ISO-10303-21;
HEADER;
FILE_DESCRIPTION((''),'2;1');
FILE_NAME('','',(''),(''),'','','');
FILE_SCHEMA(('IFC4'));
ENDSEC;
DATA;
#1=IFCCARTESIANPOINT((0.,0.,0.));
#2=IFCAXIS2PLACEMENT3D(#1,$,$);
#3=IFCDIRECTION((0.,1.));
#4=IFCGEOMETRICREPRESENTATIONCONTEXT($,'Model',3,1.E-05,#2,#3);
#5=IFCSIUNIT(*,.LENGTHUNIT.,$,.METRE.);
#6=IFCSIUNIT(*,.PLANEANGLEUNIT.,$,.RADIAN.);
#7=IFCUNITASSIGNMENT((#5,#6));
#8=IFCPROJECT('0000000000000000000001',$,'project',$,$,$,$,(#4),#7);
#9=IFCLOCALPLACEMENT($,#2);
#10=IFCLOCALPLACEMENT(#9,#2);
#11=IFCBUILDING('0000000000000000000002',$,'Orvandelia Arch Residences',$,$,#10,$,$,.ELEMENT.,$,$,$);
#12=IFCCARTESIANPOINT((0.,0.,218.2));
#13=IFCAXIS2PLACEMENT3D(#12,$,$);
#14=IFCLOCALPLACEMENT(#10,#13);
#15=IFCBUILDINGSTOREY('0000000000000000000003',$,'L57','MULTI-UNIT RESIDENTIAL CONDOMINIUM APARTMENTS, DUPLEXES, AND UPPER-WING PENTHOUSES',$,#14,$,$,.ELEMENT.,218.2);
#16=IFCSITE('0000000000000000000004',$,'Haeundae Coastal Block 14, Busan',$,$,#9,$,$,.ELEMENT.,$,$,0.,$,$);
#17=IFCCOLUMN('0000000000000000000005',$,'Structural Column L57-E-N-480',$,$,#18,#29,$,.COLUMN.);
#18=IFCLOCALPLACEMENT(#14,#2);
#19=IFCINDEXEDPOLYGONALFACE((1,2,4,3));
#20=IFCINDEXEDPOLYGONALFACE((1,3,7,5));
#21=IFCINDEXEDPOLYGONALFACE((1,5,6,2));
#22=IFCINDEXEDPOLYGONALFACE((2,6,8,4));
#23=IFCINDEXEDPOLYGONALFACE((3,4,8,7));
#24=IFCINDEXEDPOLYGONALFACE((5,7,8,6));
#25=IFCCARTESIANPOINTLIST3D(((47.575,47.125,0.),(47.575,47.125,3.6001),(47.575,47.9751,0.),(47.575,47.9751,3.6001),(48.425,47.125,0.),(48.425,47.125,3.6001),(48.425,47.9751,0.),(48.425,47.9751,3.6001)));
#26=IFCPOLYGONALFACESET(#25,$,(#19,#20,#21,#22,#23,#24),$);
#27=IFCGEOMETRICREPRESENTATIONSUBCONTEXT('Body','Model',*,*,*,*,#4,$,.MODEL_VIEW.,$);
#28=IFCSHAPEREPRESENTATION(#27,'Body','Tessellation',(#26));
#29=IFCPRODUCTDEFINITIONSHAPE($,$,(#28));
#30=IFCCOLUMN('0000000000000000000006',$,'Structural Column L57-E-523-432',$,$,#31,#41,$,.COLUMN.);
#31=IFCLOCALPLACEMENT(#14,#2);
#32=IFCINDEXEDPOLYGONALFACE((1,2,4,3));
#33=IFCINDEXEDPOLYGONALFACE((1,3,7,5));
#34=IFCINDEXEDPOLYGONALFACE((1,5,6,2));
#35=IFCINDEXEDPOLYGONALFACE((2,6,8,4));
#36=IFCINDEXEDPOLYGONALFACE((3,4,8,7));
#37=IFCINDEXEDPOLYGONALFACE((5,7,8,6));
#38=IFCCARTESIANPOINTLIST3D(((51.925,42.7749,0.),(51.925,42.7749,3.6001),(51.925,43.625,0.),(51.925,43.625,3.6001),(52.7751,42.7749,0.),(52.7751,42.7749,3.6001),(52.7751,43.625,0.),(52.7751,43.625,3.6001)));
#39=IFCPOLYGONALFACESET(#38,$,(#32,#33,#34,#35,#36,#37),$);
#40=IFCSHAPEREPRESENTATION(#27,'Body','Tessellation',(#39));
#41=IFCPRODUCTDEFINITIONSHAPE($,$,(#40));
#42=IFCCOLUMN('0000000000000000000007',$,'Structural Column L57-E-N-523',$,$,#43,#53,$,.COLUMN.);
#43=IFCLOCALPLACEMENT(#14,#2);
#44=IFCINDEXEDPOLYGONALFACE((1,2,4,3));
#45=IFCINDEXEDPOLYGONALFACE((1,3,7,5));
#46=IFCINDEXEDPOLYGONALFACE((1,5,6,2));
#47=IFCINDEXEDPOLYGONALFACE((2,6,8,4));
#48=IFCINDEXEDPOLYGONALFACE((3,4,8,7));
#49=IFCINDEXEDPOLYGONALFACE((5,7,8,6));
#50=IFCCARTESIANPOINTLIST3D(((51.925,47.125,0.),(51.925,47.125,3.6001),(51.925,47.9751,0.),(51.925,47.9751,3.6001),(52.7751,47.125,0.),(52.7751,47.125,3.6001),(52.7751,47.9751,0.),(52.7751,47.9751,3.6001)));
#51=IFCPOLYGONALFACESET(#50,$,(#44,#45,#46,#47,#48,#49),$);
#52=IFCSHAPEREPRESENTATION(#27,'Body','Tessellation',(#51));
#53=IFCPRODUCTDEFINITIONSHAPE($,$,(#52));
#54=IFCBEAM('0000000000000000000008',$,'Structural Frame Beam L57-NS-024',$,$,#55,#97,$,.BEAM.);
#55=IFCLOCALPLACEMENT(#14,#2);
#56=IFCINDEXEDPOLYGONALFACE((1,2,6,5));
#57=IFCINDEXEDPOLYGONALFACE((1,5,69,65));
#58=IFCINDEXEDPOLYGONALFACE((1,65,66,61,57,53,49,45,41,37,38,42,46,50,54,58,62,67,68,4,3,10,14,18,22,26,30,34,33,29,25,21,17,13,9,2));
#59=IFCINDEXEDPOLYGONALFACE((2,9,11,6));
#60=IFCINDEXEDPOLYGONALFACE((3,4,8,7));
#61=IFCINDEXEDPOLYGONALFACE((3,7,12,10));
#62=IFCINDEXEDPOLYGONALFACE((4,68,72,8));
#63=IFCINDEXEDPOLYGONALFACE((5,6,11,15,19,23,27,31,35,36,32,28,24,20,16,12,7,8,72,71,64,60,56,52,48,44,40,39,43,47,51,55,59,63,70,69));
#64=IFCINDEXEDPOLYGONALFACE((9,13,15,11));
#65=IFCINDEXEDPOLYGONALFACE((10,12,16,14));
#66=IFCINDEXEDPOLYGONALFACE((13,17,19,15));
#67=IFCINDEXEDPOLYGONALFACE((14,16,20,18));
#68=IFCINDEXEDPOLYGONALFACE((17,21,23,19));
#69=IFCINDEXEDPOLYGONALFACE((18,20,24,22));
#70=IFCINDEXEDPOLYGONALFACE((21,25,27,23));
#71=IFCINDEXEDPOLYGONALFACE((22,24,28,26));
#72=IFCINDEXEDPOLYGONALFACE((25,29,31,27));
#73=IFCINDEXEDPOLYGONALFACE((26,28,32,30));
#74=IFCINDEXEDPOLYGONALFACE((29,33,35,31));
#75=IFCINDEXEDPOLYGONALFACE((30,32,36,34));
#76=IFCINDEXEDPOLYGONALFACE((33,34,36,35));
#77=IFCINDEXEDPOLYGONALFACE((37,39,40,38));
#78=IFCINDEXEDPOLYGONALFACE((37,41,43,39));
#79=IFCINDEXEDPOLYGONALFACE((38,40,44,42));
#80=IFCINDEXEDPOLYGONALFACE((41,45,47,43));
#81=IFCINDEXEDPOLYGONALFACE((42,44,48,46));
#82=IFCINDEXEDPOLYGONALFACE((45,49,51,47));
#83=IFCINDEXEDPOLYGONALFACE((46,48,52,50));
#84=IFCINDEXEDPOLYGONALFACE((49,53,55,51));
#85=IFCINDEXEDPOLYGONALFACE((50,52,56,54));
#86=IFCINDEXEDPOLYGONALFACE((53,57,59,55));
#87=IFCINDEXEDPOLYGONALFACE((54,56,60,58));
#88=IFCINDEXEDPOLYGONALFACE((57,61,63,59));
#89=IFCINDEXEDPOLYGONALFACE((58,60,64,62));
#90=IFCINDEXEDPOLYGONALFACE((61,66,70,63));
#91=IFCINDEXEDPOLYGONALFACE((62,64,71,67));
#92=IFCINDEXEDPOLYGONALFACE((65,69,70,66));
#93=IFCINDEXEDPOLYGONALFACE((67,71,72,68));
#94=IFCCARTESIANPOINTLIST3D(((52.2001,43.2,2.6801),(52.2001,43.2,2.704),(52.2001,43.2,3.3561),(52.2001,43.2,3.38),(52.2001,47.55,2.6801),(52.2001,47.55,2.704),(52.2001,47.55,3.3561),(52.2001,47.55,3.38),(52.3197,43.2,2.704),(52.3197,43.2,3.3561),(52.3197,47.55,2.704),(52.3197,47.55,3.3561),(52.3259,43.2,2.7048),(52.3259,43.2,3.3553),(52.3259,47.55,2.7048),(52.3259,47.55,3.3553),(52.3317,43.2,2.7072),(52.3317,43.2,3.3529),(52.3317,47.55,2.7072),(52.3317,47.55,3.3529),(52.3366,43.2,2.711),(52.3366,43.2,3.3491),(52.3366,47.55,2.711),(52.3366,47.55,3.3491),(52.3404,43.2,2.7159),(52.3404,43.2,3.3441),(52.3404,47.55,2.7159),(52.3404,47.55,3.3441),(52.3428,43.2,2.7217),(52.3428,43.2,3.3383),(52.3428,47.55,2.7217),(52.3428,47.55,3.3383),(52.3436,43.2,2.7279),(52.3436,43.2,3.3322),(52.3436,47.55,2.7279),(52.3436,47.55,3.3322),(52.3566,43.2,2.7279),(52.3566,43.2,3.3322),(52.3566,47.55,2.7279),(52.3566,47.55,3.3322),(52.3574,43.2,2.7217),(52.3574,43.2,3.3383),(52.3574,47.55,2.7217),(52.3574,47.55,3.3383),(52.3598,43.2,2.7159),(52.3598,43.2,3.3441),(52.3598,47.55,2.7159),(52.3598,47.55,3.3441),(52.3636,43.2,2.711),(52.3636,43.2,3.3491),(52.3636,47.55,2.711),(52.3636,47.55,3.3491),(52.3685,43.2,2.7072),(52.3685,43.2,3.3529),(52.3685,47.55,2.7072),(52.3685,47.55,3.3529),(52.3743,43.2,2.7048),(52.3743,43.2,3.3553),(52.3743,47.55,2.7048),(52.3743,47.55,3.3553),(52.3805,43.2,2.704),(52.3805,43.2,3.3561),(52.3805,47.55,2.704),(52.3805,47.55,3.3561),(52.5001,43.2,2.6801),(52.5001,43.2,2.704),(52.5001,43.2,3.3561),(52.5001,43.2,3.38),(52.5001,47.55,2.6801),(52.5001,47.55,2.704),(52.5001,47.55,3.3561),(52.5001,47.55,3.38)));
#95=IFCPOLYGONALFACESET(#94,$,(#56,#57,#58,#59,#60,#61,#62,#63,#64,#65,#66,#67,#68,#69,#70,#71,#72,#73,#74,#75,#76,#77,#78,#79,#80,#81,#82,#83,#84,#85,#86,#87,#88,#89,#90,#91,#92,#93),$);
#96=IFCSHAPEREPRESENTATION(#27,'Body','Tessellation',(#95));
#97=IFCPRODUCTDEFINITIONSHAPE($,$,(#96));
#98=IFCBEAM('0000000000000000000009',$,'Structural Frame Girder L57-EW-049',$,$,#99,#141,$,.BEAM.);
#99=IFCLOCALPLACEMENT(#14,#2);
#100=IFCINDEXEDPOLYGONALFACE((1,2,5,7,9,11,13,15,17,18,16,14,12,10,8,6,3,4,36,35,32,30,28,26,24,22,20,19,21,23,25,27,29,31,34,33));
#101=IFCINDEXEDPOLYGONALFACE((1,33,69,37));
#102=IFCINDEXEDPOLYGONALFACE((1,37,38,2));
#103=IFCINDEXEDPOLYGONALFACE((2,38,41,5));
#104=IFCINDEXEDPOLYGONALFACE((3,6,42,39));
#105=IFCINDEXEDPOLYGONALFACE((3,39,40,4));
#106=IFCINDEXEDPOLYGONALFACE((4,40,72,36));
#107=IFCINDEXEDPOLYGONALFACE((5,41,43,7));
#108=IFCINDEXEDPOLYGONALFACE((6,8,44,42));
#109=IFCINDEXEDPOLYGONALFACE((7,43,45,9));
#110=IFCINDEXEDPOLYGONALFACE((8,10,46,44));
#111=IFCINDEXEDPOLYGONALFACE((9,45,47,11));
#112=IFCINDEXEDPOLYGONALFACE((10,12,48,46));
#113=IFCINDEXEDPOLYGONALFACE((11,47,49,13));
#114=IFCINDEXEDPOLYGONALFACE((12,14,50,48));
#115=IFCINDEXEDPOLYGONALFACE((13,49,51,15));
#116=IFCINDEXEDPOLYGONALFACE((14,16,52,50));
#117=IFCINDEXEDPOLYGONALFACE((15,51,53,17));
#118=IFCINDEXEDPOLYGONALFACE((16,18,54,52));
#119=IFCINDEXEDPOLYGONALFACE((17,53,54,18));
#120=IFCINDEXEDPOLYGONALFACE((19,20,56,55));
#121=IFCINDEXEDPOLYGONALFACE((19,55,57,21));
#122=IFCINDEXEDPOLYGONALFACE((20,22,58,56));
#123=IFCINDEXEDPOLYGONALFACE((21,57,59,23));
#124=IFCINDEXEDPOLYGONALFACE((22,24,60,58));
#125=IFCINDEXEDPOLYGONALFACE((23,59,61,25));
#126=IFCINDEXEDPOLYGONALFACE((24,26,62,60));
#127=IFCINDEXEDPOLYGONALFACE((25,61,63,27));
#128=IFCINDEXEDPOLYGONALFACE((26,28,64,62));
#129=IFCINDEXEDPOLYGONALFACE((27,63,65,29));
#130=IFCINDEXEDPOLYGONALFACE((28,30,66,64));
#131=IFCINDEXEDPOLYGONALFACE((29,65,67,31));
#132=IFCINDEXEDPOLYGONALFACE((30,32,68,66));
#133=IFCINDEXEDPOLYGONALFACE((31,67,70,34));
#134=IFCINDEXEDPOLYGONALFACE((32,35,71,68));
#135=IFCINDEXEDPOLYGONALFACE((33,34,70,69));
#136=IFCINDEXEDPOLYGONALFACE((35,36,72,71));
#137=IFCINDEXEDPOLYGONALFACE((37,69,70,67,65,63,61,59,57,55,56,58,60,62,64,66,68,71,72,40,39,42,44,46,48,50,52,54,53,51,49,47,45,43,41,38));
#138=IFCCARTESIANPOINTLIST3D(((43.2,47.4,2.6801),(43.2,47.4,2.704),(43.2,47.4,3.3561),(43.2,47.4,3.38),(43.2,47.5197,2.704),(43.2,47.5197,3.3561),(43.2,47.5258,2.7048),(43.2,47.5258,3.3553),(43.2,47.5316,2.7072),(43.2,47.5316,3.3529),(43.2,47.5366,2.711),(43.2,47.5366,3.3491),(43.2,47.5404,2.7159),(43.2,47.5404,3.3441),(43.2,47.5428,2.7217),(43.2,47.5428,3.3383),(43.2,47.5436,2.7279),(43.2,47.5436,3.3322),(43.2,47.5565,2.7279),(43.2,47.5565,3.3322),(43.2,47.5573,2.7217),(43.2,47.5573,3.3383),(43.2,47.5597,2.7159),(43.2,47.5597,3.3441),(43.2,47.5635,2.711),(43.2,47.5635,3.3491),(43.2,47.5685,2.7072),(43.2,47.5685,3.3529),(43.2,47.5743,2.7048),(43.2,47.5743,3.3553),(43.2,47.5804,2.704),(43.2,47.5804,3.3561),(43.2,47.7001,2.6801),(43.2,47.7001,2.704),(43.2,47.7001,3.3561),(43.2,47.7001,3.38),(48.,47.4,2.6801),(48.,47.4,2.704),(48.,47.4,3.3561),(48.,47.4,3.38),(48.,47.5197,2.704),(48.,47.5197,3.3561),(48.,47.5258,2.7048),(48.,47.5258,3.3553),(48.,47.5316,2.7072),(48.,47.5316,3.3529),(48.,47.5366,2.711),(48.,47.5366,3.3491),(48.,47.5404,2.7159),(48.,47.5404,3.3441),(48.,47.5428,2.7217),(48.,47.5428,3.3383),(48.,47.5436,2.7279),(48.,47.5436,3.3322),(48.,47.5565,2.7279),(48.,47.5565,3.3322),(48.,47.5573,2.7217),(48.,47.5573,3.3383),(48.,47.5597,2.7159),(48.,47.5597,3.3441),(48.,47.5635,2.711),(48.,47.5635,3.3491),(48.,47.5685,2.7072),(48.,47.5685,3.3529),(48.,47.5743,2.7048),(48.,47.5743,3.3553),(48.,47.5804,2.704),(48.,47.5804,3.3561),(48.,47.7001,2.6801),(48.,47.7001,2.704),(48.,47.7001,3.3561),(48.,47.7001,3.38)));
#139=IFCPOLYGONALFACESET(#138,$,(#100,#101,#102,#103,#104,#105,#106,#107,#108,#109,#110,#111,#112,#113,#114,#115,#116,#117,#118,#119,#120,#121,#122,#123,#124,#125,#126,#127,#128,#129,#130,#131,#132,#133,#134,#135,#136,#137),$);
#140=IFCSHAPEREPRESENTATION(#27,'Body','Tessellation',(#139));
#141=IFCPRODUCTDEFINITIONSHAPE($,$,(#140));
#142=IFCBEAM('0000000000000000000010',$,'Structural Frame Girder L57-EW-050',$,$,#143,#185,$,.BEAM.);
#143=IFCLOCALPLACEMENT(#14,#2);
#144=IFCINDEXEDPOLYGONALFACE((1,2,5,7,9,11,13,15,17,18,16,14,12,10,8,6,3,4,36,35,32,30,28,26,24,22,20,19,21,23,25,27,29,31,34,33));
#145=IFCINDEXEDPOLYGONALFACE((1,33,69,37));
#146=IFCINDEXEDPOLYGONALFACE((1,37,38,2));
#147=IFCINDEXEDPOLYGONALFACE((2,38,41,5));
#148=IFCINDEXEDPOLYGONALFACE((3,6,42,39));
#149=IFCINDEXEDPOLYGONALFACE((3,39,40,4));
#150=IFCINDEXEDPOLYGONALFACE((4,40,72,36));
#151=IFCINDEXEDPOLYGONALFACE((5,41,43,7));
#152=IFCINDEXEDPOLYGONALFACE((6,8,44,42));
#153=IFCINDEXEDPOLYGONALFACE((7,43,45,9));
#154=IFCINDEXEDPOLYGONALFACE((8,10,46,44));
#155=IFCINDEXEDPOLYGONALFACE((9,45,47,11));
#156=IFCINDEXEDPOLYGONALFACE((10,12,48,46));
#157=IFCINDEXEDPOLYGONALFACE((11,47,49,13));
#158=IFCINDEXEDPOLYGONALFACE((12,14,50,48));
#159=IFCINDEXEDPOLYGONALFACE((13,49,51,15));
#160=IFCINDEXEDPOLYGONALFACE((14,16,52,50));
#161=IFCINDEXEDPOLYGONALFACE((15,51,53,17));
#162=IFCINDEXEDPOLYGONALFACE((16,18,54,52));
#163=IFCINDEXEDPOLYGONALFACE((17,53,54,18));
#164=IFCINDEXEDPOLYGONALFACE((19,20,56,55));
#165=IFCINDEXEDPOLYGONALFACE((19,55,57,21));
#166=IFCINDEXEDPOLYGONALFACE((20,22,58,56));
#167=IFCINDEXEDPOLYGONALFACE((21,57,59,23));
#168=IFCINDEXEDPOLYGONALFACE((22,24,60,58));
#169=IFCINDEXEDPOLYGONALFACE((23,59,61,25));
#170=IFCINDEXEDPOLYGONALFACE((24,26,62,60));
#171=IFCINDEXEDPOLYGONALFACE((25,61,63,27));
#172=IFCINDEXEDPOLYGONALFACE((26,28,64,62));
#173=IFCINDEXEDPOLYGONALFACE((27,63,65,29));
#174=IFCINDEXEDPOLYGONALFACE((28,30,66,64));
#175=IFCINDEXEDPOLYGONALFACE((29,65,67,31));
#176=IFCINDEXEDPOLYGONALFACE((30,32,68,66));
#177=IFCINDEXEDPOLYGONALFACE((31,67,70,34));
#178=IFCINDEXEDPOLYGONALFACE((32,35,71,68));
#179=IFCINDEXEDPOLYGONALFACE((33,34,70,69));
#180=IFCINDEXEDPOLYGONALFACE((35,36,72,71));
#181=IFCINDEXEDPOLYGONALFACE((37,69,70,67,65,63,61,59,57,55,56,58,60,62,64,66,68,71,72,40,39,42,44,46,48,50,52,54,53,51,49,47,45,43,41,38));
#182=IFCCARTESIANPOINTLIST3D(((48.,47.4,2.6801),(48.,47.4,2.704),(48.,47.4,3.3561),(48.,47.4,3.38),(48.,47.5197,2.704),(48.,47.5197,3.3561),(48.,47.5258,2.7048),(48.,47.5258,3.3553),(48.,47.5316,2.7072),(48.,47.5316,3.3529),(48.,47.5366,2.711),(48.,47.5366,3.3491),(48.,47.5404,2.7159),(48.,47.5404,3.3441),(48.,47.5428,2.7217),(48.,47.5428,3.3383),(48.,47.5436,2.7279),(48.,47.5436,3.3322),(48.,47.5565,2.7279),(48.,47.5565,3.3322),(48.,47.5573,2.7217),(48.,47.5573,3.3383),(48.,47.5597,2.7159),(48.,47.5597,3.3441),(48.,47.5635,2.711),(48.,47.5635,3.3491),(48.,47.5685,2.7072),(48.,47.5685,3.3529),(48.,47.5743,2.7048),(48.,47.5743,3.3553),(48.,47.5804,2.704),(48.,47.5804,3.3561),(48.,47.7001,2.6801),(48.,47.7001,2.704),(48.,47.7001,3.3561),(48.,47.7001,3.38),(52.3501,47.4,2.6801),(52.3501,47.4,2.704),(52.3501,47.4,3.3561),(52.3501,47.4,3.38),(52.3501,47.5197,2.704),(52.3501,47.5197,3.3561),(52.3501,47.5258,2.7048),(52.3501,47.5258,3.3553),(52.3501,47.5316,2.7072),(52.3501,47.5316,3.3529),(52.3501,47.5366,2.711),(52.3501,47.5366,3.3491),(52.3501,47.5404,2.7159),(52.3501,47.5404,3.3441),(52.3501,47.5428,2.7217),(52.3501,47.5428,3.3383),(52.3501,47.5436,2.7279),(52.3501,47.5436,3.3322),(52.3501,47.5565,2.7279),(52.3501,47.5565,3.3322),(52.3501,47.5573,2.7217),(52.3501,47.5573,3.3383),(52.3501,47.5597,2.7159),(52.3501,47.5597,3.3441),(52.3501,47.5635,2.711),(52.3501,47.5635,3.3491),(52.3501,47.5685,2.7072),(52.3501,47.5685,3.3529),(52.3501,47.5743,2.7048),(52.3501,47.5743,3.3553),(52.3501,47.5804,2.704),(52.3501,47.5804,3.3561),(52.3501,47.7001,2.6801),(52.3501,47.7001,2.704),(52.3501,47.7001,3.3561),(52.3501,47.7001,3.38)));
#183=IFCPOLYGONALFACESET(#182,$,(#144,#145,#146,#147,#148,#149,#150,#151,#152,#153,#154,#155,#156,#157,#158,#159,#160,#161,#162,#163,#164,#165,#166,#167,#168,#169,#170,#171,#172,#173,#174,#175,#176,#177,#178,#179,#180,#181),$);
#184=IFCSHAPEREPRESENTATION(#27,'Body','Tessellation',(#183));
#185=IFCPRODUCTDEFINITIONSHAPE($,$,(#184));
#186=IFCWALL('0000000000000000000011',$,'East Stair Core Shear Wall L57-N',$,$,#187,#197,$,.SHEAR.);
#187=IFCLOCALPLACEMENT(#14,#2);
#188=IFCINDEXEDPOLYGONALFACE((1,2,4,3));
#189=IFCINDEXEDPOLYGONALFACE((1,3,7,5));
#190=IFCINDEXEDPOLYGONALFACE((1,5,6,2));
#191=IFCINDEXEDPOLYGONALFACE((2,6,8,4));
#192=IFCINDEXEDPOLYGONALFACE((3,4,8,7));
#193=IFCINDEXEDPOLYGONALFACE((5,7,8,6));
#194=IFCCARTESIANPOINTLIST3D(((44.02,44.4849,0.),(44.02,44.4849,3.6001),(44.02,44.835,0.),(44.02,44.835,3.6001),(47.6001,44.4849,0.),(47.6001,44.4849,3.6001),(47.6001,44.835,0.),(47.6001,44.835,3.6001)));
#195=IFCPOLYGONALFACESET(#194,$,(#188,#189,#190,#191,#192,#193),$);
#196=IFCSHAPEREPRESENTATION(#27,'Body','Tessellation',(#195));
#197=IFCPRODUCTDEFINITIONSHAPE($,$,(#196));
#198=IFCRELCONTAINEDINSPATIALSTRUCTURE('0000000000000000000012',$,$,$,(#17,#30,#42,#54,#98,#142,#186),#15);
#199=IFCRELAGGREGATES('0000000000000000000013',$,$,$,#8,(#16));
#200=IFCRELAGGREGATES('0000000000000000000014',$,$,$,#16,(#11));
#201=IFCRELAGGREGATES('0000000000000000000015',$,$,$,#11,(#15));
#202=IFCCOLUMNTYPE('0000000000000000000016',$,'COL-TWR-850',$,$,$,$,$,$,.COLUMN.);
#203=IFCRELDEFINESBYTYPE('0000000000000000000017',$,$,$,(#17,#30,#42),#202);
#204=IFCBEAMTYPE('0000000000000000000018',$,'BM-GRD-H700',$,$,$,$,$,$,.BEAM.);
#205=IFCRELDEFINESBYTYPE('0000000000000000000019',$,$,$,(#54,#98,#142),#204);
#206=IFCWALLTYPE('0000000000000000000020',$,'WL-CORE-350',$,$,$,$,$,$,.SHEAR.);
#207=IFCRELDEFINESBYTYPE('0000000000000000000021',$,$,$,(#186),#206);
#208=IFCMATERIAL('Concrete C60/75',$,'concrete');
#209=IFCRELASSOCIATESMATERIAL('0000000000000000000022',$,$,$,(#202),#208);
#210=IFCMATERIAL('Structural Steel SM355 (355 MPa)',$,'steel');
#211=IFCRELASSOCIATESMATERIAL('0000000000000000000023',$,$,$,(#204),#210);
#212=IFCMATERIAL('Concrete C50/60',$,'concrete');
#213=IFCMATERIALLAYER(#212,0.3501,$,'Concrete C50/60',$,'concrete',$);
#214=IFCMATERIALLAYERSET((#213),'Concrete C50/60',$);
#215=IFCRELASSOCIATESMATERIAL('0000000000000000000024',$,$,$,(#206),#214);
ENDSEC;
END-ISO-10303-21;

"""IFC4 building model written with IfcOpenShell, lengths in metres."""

from ifc_helpers import new_model, si_unit, direction, frame, frame_2d, origin, origin_2d, place, context, subcontext, project, spatial, rectangle, i_section, extrude, material, layer, layer_set, material_profile, profile_set, type_object, element, save


model = new_model("IFC4")

# Units and contexts
model_context = context("Model", 3, precision=1e-05, world=origin(), true_north=direction((0.0, 1.0)))
body_context = subcontext(model_context, "Body", "Model", "MODEL_VIEW")
ifc_project = project(units=[si_unit("LENGTHUNIT", "METRE"), si_unit("PLANEANGLEUNIT", "RADIAN")], contexts=[model_context])

# Site, building, storey
site_placement = place(None, origin())
site = spatial("IfcSite", under=ifc_project, at=site_placement, Name="Haeundae Coastal Block 14, Busan", CompositionType="ELEMENT", RefElevation=0.0)
building_placement = place(site_placement, origin())
building = spatial("IfcBuilding", under=site, at=building_placement, Name="Orvandelia Arch Residences", CompositionType="ELEMENT")
storey_placement = place(building_placement, frame((0.0, 0.0, 218.2)))
storey = spatial("IfcBuildingStorey", under=building, at=storey_placement, Name="L57", Description="MULTI-UNIT RESIDENTIAL CONDOMINIUM APARTMENTS, DUPLEXES, AND UPPER-WING PENTHOUSES", CompositionType="ELEMENT", Elevation=218.2)

# Columns
ifc_material_1 = material(Name="Concrete C60/75", Category="concrete")
ifc_material_profile_1 = material_profile(ifc_material_1, rectangle(XDim=0.8501, YDim=0.8501, at=origin_2d()), Name="Concrete C60/75", Category="concrete")
ifc_profile_set_1 = profile_set([ifc_material_profile_1], Name="Concrete C60/75")
column_type = type_object("IfcColumnType", Name="COL-TWR-850", PredefinedType="COLUMN", material=ifc_profile_set_1)
for number, where, z_axis, x_axis, name in (
    (1, (48.0, 47.55, 0.0), (0.0, 0.0, 1.0), (1.0, 0.0, 0.0), "Structural Column L57-E-N-480"),
    (2, (52.3501, 43.2, 0.0), (0.0, 0.0, 1.0), (1.0, 0.0, 0.0), "Structural Column L57-E-523-432"),
    (3, (52.3501, 47.55, 0.0), (0.0, 0.0, 1.0), (1.0, 0.0, 0.0), "Structural Column L57-E-N-523"),
):
    element("IfcColumn", number, at=place(storey_placement, frame(where, z_axis=z_axis, x_axis=x_axis)), inside=storey, type_object=column_type, Name=name, PredefinedType="COLUMN", context=body_context, shape_type="SweptSolid", body=[
        extrude(rectangle(XDim=0.8501, YDim=0.8501, at=origin_2d()), origin(), (0.0, 0.0, 1.0), 3.6001),
    ])

# Beams
ifc_material_2 = material(Name="Structural Steel SM355 (355 MPa)", Category="steel")
ifc_material_profile_2 = material_profile(ifc_material_2, i_section(OverallWidth=0.3, OverallDepth=0.7, WebThickness=0.0129, FlangeThickness=0.0239, FilletRadius=0.0239, at=origin_2d()), Name="Structural Steel SM355 (355 MPa)", Category="steel")
ifc_profile_set_2 = profile_set([ifc_material_profile_2], Name="Structural Steel SM355 (355 MPa)")
beam_type = type_object("IfcBeamType", Name="BM-GRD-H700", PredefinedType="BEAM", material=ifc_profile_set_2)
beam_1_placement = place(storey_placement, frame((52.3501, 43.2, 3.03), z_axis=(0.0, 1.0, 0.0), x_axis=(-1.0, 0.0, 0.0)))
element("IfcBeam", 4, at=beam_1_placement, inside=storey, type_object=beam_type, Name="Structural Frame Beam L57-NS-024", PredefinedType="BEAM", context=body_context, shape_type="SweptSolid", body=[
    extrude(i_section(OverallWidth=0.3, OverallDepth=0.7, WebThickness=0.0129, FlangeThickness=0.0239, FilletRadius=0.0239, at=origin_2d()), origin(), (0.0, 0.0, 1.0), 4.3501),
])
beam_2_placement = place(storey_placement, frame((43.2, 47.55, 3.03), z_axis=(1.0, 0.0, 0.0), x_axis=(0.0, 1.0, 0.0)))
element("IfcBeam", 5, at=beam_2_placement, inside=storey, type_object=beam_type, Name="Structural Frame Girder L57-EW-049", PredefinedType="BEAM", context=body_context, shape_type="SweptSolid", body=[
    extrude(i_section(OverallWidth=0.3, OverallDepth=0.7, WebThickness=0.0129, FlangeThickness=0.0239, FilletRadius=0.0239, at=origin_2d()), origin(), (0.0, 0.0, 1.0), 4.8),
])
beam_3_placement = place(storey_placement, frame((48.0, 47.55, 3.03), z_axis=(1.0, 0.0, 0.0), x_axis=(0.0, 1.0, 0.0)))
element("IfcBeam", 6, at=beam_3_placement, inside=storey, type_object=beam_type, Name="Structural Frame Girder L57-EW-050", PredefinedType="BEAM", context=body_context, shape_type="SweptSolid", body=[
    extrude(i_section(OverallWidth=0.3, OverallDepth=0.7, WebThickness=0.0129, FlangeThickness=0.0239, FilletRadius=0.0239, at=origin_2d()), origin(), (0.0, 0.0, 1.0), 4.3501),
])

# Wall
ifc_material_3 = material(Name="Concrete C50/60", Category="concrete")
ifc_layer_1 = layer(ifc_material_3, 0.3501, Name="Concrete C50/60", Category="concrete")
ifc_layer_set_1 = layer_set([ifc_layer_1], Name="Concrete C50/60")
wall_type_1 = type_object("IfcWallType", Name="WL-CORE-350", PredefinedType="SHEAR", material=ifc_layer_set_1)
wall_1_placement = place(storey_placement, frame((44.02, 44.6599, 0.0), z_axis=(0.0, 0.0, 1.0), x_axis=(1.0, 0.0, 0.0)))
element("IfcWall", 7, at=wall_1_placement, inside=storey, type_object=wall_type_1, Name="East Stair Core Shear Wall L57-N", PredefinedType="SHEAR", context=body_context, shape_type="SweptSolid", body=[
    extrude(rectangle(XDim=3.5801, YDim=0.3501, at=frame_2d((1.79, 0.0))), origin(), (0.0, 0.0, 1.0), 3.6001),
])

save(model, "model.ifc")
